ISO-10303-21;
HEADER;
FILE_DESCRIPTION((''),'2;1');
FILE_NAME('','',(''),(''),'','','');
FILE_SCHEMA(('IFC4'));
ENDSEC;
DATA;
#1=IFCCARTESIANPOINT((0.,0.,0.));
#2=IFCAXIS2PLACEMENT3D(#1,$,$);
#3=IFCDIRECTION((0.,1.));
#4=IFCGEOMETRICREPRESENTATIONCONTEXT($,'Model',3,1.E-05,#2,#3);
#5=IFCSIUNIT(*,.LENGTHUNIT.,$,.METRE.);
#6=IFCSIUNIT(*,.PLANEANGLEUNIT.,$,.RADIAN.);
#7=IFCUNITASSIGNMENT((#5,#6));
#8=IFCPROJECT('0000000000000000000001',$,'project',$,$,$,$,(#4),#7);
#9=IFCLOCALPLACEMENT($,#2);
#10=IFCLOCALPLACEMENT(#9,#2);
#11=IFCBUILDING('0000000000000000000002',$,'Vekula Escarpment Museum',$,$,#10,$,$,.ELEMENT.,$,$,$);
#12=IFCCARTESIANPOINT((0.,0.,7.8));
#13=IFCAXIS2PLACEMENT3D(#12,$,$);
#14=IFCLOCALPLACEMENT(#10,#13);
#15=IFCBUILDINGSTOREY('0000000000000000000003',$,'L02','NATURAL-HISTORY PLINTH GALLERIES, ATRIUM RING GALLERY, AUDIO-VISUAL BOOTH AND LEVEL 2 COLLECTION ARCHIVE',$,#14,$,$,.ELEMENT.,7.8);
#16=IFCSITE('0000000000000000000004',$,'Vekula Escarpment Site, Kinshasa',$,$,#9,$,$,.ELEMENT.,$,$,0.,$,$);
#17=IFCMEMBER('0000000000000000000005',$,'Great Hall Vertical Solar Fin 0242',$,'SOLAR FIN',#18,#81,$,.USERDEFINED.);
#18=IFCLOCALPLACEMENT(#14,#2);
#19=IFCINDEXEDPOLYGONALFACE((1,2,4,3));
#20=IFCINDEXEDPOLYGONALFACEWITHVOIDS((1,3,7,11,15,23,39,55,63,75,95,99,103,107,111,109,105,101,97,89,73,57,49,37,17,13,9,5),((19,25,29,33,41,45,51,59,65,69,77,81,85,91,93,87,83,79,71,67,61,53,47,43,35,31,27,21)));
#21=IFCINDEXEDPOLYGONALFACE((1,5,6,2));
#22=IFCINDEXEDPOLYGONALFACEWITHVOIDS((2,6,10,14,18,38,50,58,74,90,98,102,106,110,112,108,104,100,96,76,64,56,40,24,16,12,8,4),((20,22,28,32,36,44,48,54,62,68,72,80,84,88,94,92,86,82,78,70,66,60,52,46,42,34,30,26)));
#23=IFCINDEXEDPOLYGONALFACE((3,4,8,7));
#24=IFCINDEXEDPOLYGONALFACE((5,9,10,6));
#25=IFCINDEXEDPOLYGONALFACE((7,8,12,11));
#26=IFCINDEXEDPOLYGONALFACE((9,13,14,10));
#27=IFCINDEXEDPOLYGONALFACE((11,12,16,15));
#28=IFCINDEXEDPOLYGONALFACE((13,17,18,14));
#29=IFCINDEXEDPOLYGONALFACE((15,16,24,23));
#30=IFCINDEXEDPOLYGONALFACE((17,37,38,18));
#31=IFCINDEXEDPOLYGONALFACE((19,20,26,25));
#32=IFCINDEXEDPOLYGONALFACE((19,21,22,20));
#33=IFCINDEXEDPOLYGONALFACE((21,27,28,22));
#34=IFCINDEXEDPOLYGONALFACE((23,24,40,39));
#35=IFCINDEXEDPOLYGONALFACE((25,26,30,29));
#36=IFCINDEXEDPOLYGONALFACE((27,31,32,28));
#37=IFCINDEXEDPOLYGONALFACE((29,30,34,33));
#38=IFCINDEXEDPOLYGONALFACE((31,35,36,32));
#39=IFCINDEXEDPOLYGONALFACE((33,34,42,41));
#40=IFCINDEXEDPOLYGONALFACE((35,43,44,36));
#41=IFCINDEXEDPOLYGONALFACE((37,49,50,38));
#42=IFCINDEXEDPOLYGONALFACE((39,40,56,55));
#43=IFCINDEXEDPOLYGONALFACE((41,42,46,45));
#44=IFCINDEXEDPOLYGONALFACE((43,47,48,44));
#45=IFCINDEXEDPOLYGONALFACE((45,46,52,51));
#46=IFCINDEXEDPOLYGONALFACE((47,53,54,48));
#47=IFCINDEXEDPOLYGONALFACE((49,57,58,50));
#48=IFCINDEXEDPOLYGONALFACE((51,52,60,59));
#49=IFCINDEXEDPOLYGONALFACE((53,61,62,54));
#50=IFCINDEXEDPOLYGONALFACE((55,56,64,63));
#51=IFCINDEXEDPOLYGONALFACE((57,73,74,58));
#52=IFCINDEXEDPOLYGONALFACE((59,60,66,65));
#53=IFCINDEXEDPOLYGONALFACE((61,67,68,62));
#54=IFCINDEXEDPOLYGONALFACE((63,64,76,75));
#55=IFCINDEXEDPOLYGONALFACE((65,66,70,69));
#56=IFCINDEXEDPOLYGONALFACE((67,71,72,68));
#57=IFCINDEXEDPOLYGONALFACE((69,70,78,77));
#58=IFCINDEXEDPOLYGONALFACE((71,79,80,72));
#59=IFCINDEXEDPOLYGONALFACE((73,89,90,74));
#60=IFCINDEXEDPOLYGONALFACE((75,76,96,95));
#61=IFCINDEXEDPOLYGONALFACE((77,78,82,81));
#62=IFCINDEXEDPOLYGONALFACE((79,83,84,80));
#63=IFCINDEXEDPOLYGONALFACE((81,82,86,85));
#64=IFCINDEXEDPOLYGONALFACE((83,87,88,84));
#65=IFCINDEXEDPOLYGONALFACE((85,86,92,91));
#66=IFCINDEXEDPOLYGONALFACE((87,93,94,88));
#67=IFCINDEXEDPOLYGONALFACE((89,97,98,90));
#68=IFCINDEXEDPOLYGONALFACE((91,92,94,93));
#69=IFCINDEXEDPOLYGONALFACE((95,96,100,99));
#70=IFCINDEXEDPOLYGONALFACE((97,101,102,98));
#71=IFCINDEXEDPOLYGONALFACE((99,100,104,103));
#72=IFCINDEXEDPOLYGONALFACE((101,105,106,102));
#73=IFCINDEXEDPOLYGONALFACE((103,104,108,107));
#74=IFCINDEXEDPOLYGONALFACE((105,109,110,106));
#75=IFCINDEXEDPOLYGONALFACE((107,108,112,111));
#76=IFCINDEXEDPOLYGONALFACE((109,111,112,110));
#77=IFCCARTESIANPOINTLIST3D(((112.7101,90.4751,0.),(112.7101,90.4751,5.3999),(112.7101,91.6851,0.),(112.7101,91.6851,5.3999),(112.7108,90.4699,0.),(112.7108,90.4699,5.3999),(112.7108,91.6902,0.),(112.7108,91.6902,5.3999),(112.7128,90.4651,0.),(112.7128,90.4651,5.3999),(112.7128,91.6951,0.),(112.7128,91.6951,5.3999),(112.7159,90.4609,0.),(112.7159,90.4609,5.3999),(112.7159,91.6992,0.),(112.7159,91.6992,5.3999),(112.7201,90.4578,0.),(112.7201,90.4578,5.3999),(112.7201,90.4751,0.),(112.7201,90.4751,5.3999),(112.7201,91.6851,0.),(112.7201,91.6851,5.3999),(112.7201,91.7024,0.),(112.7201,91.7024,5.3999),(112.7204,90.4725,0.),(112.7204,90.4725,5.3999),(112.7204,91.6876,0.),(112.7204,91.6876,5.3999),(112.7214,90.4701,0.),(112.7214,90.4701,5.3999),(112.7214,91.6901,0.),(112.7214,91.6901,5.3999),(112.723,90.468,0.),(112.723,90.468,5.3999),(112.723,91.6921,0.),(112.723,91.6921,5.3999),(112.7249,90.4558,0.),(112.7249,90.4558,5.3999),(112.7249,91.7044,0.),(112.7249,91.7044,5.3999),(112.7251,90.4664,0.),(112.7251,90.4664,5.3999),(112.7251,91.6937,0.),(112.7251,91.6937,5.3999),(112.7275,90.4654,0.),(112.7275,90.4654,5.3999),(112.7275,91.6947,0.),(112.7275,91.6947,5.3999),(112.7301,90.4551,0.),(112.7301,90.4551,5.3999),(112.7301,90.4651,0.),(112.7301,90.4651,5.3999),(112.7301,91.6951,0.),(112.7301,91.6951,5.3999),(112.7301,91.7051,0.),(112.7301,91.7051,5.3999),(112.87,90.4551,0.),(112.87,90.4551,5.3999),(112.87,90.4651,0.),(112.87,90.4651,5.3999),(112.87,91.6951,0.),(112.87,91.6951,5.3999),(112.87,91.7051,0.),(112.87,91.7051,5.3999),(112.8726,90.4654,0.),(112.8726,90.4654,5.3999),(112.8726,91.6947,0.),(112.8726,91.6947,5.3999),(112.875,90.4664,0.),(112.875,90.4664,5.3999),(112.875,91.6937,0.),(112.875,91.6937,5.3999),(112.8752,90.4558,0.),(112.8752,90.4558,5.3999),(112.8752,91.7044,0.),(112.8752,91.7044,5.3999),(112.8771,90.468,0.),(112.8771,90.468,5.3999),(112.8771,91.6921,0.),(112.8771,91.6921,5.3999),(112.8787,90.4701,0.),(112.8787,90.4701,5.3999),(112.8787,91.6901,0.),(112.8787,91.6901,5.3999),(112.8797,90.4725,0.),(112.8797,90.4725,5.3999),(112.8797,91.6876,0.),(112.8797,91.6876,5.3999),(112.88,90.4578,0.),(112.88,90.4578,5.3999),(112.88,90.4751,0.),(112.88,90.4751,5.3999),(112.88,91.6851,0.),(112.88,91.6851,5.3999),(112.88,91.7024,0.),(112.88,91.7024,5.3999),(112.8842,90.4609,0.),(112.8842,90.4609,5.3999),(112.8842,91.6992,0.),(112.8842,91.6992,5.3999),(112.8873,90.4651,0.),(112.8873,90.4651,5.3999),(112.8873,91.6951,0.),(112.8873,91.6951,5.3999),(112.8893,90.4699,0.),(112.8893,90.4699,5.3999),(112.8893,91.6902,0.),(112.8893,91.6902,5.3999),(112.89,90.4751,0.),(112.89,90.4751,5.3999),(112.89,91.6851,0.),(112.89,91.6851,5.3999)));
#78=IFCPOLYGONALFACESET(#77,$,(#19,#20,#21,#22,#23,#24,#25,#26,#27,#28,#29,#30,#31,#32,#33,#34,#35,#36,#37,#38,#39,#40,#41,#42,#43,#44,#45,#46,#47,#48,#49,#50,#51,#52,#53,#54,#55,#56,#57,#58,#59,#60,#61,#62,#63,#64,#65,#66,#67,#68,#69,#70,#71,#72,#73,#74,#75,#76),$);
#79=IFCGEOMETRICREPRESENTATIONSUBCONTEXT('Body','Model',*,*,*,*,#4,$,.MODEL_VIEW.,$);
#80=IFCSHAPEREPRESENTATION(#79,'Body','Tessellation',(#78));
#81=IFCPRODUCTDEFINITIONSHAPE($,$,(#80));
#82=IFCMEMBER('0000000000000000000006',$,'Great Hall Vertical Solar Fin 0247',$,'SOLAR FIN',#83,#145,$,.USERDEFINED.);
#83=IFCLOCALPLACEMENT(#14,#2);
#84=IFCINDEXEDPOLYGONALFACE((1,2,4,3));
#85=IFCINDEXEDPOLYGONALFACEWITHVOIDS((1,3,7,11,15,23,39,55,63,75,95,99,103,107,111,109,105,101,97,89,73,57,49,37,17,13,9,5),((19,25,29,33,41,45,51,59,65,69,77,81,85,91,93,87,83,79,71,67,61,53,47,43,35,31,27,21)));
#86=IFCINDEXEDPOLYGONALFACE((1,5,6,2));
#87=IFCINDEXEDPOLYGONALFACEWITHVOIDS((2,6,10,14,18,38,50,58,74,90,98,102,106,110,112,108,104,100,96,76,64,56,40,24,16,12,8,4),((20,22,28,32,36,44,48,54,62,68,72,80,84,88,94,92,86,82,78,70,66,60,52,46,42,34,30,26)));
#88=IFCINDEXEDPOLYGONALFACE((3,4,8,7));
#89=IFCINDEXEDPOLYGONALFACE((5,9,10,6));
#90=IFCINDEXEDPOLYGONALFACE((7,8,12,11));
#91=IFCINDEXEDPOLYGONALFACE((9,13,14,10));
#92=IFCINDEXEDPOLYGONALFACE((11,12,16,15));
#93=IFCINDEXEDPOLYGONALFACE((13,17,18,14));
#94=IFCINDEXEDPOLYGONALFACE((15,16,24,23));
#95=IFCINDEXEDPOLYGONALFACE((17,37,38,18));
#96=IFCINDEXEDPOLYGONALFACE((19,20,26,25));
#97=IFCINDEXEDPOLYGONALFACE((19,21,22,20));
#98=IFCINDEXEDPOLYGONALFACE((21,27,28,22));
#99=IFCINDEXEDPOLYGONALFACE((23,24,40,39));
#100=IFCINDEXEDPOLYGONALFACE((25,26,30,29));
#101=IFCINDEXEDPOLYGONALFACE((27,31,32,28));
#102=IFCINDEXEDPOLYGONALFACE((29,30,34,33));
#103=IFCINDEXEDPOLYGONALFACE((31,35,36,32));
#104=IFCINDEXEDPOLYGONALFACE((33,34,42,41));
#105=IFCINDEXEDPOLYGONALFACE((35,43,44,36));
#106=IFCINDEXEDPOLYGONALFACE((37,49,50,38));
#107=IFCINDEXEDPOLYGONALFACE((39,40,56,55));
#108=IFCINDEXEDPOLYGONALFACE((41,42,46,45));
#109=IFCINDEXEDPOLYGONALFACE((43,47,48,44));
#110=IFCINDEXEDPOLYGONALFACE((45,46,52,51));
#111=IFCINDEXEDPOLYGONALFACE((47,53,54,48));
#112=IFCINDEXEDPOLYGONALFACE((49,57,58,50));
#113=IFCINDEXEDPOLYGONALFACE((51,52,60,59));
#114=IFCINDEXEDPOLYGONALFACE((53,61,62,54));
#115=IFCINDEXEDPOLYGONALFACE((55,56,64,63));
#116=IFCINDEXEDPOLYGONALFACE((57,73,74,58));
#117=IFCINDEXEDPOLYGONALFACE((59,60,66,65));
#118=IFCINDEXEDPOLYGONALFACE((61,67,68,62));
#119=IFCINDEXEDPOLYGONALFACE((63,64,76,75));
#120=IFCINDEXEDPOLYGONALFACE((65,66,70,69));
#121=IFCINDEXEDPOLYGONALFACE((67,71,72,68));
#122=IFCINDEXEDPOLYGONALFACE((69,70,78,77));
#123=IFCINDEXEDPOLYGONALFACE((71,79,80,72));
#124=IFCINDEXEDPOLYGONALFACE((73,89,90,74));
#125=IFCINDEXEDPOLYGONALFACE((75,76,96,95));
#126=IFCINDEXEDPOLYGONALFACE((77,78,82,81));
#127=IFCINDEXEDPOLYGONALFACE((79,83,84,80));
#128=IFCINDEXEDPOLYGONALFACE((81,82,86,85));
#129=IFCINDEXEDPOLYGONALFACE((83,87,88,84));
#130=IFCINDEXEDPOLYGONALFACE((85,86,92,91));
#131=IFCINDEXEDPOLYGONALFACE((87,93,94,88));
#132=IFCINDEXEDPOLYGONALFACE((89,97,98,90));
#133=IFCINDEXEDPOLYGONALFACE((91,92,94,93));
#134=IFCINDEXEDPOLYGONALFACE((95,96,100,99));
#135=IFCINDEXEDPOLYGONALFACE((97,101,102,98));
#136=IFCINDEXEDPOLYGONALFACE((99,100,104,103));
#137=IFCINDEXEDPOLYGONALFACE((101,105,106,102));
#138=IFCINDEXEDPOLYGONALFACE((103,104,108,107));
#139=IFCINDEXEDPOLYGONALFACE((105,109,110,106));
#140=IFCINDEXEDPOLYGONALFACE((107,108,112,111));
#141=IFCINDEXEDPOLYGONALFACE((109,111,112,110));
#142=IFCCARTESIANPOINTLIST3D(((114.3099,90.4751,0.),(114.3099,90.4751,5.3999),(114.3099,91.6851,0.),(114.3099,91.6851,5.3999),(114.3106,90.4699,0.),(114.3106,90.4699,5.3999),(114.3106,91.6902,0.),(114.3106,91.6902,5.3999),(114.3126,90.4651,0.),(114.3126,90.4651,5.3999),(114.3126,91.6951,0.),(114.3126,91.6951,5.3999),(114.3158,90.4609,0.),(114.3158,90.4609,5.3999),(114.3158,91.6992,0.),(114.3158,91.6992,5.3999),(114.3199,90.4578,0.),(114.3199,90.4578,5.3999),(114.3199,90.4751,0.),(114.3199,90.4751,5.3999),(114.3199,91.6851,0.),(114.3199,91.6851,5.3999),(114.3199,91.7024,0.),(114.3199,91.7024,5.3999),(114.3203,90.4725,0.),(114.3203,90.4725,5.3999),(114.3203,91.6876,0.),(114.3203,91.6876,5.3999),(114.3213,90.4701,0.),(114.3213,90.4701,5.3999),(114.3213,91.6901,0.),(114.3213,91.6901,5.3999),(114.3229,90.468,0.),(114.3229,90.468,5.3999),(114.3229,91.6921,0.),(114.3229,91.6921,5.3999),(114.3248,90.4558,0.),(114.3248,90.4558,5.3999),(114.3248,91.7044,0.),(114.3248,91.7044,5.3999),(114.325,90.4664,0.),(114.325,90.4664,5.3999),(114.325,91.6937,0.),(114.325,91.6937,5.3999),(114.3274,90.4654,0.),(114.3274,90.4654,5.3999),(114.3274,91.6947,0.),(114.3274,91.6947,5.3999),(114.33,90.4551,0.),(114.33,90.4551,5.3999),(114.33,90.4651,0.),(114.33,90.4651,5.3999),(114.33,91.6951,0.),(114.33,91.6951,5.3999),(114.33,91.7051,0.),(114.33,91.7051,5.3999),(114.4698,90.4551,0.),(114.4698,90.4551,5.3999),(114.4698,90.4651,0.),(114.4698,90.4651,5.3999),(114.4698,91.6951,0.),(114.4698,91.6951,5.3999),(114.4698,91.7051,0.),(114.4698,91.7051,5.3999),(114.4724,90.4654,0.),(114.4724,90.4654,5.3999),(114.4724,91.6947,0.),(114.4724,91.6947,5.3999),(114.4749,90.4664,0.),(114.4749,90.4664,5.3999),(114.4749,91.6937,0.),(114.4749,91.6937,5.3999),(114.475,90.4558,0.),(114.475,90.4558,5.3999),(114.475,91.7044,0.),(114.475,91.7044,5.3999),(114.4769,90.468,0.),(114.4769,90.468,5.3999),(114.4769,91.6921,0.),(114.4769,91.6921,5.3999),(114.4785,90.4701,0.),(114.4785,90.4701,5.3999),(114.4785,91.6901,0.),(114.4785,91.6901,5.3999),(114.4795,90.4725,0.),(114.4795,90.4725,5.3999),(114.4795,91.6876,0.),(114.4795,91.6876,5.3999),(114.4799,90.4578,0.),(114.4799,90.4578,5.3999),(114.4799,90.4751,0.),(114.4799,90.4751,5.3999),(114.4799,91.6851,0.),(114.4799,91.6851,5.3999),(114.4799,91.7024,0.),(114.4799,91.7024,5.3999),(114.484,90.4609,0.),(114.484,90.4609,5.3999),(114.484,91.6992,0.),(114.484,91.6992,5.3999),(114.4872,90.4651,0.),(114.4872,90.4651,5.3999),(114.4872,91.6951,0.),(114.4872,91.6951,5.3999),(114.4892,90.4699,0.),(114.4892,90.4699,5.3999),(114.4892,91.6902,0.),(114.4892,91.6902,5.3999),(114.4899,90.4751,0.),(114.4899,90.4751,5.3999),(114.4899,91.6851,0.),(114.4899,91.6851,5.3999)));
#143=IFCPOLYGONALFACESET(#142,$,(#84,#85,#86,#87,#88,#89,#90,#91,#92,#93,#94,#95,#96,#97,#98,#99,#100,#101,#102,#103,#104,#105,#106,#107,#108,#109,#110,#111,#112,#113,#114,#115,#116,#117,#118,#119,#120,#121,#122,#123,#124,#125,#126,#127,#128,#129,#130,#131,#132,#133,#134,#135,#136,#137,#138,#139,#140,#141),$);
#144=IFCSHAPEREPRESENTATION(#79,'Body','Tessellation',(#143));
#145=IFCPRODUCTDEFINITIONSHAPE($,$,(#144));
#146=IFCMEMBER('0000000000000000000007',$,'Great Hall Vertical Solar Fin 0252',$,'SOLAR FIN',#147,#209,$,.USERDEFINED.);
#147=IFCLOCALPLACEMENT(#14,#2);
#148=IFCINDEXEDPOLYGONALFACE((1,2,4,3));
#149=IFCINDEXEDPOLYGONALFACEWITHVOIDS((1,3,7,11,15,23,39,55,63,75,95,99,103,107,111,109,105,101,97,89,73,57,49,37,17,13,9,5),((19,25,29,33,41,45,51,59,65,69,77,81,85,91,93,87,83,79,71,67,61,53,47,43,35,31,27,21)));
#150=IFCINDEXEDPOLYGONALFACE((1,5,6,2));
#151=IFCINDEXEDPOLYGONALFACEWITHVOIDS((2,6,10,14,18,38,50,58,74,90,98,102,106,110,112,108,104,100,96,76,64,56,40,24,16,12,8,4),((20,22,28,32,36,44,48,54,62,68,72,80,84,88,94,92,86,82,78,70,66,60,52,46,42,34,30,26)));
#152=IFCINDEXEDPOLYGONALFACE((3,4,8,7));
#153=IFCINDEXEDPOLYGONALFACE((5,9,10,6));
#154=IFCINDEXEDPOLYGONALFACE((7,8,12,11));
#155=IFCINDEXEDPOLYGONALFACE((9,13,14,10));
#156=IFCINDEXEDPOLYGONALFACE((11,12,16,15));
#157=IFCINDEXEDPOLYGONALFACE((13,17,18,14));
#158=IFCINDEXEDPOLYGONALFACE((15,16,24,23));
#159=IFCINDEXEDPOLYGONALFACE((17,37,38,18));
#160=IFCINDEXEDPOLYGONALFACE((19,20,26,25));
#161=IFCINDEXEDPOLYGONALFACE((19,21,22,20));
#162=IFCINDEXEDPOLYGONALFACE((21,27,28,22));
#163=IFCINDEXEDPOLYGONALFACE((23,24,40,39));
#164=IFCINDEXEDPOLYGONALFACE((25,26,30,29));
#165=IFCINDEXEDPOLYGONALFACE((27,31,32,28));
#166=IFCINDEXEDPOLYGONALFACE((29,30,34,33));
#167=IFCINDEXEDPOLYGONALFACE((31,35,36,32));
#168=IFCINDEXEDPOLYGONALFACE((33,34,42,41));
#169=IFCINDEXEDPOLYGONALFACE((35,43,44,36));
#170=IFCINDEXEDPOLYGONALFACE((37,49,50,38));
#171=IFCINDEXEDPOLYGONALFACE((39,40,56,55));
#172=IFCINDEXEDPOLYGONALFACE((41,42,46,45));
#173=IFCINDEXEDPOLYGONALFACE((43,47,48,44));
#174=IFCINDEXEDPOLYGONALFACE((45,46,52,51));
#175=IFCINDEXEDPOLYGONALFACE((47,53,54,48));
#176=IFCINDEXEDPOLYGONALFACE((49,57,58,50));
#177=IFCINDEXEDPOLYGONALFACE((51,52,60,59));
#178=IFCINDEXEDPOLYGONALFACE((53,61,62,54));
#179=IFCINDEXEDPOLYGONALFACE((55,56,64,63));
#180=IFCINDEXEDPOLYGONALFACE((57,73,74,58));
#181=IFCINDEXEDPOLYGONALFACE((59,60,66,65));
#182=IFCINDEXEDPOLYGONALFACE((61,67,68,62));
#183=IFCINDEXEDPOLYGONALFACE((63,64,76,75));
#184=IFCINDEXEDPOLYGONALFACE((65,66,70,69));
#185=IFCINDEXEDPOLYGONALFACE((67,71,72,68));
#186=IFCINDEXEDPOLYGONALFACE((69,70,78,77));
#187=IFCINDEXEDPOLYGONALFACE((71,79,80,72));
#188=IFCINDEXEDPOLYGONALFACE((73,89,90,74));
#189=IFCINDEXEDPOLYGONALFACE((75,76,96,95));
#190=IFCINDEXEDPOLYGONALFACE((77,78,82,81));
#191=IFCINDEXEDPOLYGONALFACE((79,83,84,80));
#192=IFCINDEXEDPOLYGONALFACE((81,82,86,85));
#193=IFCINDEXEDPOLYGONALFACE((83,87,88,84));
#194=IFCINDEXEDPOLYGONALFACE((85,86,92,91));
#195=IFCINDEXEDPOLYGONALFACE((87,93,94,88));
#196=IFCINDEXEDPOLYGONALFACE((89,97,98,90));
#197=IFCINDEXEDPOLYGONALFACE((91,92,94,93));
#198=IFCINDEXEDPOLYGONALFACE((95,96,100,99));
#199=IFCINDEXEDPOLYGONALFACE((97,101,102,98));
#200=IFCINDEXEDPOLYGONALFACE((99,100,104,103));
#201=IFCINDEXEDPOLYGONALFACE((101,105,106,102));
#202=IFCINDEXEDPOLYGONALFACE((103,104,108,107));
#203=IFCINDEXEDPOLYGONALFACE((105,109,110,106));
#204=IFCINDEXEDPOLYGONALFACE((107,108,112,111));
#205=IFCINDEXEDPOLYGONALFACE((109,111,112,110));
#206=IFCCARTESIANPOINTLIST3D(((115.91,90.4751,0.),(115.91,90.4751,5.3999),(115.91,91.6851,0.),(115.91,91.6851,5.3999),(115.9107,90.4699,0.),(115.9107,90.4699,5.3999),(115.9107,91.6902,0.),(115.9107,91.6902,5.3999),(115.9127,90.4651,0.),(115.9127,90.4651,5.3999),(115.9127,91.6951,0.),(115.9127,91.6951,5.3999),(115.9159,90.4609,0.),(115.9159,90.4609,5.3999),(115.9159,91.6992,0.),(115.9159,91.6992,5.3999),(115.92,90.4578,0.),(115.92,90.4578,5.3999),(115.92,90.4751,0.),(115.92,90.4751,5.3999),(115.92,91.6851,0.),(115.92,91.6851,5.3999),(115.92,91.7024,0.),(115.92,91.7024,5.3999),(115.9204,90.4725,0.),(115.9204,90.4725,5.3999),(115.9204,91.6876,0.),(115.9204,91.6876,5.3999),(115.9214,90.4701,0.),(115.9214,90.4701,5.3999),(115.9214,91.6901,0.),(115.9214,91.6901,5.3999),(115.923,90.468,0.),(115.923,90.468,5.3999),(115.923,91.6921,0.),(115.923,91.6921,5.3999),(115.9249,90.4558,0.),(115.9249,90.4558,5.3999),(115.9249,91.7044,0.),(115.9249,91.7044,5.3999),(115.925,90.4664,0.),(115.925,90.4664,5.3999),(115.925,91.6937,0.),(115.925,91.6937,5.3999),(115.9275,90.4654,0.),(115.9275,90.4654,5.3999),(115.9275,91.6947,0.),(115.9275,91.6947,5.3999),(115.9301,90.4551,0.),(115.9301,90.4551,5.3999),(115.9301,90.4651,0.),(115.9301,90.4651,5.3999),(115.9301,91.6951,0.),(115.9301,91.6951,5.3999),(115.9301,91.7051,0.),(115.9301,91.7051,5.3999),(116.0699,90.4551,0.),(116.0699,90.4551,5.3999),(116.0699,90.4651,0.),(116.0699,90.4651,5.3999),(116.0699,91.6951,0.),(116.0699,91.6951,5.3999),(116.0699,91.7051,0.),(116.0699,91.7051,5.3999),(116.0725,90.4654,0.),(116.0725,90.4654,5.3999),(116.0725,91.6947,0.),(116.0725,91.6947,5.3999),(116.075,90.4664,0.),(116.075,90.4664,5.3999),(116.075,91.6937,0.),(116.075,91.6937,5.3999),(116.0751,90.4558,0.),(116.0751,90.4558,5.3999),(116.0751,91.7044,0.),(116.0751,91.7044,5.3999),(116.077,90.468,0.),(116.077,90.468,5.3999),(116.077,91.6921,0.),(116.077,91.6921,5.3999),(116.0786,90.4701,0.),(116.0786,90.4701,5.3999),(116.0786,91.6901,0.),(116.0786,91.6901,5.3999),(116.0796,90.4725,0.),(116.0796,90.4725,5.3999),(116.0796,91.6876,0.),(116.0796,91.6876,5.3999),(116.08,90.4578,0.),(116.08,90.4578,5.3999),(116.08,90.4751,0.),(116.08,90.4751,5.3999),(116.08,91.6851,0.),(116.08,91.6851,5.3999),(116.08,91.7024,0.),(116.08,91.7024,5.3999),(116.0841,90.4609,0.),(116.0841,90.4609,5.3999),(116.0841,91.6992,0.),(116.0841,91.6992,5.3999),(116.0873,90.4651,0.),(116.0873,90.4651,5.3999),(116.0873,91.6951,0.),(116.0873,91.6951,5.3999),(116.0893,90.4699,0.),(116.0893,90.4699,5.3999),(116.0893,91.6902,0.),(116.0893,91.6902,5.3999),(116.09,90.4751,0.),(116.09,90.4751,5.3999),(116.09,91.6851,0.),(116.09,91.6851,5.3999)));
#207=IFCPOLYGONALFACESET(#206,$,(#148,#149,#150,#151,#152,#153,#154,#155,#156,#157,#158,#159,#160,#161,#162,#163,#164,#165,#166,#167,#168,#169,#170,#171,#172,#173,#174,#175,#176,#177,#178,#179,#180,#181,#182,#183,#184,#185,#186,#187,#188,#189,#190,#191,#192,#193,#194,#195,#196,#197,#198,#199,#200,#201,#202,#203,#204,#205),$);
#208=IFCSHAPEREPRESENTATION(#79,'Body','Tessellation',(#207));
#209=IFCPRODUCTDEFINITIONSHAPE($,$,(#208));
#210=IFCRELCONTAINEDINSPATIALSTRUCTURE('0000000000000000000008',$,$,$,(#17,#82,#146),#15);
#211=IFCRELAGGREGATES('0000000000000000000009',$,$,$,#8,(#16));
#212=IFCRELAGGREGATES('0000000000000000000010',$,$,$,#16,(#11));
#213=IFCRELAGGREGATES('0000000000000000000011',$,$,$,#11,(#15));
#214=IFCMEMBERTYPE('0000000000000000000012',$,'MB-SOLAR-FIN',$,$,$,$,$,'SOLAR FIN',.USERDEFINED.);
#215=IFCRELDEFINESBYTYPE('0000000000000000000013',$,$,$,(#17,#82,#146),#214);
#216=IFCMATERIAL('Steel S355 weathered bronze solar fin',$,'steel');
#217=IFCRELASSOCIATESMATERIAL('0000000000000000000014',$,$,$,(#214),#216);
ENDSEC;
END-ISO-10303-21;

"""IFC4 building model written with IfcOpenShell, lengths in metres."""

from ifc_helpers import new_model, si_unit, direction, frame, origin, origin_2d, place, context, subcontext, project, spatial, hollow_rectangle, extrude, material, material_profile, profile_set, type_object, element, save


model = new_model("IFC4")

# Units and contexts
model_context = context("Model", 3, precision=1e-05, world=origin(), true_north=direction((0.0, 1.0)))
body_context = subcontext(model_context, "Body", "Model", "MODEL_VIEW")
ifc_project = project(units=[si_unit("LENGTHUNIT", "METRE"), si_unit("PLANEANGLEUNIT", "RADIAN")], contexts=[model_context])

# Site, building, storey
site_placement = place(None, origin())
site = spatial("IfcSite", under=ifc_project, at=site_placement, Name="Vekula Escarpment Site, Kinshasa", CompositionType="ELEMENT", RefElevation=0.0)
building_placement = place(site_placement, origin())
building = spatial("IfcBuilding", under=site, at=building_placement, Name="Vekula Escarpment Museum", CompositionType="ELEMENT")
storey_placement = place(building_placement, frame((0.0, 0.0, 7.8)))
storey = spatial("IfcBuildingStorey", under=building, at=storey_placement, Name="L02", Description="NATURAL-HISTORY PLINTH GALLERIES, ATRIUM RING GALLERY, AUDIO-VISUAL BOOTH AND LEVEL 2 COLLECTION ARCHIVE", CompositionType="ELEMENT", Elevation=7.8)

# Members
ifc_material_1 = material(Name="Steel S355 weathered bronze solar fin", Category="steel")
ifc_material_profile_1 = material_profile(ifc_material_1, hollow_rectangle(XDim=0.1799, YDim=1.25, WallThickness=0.01, InnerFilletRadius=0.01, OuterFilletRadius=0.02, at=origin_2d()), Name="RHS 1250x180x10")
ifc_profile_set_1 = profile_set([ifc_material_profile_1], Name="Steel S355 weathered bronze solar fin")
member_type_1 = type_object("IfcMemberType", Name="MB-SOLAR-FIN", ElementType="SOLAR FIN", PredefinedType="USERDEFINED", material=ifc_profile_set_1)
for number, where, z_axis, x_axis, name in (
    (1, (112.8, 91.0801, 0.0), (0.0, 0.0, 1.0), (1.0, 0.0, 0.0), "Great Hall Vertical Solar Fin 0242"),
    (2, (114.3999, 91.0801, 0.0), (0.0, 0.0, 1.0), (1.0, 0.0, 0.0), "Great Hall Vertical Solar Fin 0247"),
    (3, (116.0, 91.0801, 0.0), (0.0, 0.0, 1.0), (1.0, 0.0, 0.0), "Great Hall Vertical Solar Fin 0252"),
):
    element("IfcMember", number, at=place(storey_placement, frame(where, z_axis=z_axis, x_axis=x_axis)), inside=storey, type_object=member_type_1, Name=name, ObjectType="SOLAR FIN", PredefinedType="USERDEFINED", context=body_context, shape_type="SweptSolid", body=[
        extrude(hollow_rectangle(XDim=0.1799, YDim=1.25, WallThickness=0.01, InnerFilletRadius=0.01, OuterFilletRadius=0.02, at=origin_2d()), origin(), (0.0, 0.0, 1.0), 5.3999),
    ])

save(model, "model.ifc")
